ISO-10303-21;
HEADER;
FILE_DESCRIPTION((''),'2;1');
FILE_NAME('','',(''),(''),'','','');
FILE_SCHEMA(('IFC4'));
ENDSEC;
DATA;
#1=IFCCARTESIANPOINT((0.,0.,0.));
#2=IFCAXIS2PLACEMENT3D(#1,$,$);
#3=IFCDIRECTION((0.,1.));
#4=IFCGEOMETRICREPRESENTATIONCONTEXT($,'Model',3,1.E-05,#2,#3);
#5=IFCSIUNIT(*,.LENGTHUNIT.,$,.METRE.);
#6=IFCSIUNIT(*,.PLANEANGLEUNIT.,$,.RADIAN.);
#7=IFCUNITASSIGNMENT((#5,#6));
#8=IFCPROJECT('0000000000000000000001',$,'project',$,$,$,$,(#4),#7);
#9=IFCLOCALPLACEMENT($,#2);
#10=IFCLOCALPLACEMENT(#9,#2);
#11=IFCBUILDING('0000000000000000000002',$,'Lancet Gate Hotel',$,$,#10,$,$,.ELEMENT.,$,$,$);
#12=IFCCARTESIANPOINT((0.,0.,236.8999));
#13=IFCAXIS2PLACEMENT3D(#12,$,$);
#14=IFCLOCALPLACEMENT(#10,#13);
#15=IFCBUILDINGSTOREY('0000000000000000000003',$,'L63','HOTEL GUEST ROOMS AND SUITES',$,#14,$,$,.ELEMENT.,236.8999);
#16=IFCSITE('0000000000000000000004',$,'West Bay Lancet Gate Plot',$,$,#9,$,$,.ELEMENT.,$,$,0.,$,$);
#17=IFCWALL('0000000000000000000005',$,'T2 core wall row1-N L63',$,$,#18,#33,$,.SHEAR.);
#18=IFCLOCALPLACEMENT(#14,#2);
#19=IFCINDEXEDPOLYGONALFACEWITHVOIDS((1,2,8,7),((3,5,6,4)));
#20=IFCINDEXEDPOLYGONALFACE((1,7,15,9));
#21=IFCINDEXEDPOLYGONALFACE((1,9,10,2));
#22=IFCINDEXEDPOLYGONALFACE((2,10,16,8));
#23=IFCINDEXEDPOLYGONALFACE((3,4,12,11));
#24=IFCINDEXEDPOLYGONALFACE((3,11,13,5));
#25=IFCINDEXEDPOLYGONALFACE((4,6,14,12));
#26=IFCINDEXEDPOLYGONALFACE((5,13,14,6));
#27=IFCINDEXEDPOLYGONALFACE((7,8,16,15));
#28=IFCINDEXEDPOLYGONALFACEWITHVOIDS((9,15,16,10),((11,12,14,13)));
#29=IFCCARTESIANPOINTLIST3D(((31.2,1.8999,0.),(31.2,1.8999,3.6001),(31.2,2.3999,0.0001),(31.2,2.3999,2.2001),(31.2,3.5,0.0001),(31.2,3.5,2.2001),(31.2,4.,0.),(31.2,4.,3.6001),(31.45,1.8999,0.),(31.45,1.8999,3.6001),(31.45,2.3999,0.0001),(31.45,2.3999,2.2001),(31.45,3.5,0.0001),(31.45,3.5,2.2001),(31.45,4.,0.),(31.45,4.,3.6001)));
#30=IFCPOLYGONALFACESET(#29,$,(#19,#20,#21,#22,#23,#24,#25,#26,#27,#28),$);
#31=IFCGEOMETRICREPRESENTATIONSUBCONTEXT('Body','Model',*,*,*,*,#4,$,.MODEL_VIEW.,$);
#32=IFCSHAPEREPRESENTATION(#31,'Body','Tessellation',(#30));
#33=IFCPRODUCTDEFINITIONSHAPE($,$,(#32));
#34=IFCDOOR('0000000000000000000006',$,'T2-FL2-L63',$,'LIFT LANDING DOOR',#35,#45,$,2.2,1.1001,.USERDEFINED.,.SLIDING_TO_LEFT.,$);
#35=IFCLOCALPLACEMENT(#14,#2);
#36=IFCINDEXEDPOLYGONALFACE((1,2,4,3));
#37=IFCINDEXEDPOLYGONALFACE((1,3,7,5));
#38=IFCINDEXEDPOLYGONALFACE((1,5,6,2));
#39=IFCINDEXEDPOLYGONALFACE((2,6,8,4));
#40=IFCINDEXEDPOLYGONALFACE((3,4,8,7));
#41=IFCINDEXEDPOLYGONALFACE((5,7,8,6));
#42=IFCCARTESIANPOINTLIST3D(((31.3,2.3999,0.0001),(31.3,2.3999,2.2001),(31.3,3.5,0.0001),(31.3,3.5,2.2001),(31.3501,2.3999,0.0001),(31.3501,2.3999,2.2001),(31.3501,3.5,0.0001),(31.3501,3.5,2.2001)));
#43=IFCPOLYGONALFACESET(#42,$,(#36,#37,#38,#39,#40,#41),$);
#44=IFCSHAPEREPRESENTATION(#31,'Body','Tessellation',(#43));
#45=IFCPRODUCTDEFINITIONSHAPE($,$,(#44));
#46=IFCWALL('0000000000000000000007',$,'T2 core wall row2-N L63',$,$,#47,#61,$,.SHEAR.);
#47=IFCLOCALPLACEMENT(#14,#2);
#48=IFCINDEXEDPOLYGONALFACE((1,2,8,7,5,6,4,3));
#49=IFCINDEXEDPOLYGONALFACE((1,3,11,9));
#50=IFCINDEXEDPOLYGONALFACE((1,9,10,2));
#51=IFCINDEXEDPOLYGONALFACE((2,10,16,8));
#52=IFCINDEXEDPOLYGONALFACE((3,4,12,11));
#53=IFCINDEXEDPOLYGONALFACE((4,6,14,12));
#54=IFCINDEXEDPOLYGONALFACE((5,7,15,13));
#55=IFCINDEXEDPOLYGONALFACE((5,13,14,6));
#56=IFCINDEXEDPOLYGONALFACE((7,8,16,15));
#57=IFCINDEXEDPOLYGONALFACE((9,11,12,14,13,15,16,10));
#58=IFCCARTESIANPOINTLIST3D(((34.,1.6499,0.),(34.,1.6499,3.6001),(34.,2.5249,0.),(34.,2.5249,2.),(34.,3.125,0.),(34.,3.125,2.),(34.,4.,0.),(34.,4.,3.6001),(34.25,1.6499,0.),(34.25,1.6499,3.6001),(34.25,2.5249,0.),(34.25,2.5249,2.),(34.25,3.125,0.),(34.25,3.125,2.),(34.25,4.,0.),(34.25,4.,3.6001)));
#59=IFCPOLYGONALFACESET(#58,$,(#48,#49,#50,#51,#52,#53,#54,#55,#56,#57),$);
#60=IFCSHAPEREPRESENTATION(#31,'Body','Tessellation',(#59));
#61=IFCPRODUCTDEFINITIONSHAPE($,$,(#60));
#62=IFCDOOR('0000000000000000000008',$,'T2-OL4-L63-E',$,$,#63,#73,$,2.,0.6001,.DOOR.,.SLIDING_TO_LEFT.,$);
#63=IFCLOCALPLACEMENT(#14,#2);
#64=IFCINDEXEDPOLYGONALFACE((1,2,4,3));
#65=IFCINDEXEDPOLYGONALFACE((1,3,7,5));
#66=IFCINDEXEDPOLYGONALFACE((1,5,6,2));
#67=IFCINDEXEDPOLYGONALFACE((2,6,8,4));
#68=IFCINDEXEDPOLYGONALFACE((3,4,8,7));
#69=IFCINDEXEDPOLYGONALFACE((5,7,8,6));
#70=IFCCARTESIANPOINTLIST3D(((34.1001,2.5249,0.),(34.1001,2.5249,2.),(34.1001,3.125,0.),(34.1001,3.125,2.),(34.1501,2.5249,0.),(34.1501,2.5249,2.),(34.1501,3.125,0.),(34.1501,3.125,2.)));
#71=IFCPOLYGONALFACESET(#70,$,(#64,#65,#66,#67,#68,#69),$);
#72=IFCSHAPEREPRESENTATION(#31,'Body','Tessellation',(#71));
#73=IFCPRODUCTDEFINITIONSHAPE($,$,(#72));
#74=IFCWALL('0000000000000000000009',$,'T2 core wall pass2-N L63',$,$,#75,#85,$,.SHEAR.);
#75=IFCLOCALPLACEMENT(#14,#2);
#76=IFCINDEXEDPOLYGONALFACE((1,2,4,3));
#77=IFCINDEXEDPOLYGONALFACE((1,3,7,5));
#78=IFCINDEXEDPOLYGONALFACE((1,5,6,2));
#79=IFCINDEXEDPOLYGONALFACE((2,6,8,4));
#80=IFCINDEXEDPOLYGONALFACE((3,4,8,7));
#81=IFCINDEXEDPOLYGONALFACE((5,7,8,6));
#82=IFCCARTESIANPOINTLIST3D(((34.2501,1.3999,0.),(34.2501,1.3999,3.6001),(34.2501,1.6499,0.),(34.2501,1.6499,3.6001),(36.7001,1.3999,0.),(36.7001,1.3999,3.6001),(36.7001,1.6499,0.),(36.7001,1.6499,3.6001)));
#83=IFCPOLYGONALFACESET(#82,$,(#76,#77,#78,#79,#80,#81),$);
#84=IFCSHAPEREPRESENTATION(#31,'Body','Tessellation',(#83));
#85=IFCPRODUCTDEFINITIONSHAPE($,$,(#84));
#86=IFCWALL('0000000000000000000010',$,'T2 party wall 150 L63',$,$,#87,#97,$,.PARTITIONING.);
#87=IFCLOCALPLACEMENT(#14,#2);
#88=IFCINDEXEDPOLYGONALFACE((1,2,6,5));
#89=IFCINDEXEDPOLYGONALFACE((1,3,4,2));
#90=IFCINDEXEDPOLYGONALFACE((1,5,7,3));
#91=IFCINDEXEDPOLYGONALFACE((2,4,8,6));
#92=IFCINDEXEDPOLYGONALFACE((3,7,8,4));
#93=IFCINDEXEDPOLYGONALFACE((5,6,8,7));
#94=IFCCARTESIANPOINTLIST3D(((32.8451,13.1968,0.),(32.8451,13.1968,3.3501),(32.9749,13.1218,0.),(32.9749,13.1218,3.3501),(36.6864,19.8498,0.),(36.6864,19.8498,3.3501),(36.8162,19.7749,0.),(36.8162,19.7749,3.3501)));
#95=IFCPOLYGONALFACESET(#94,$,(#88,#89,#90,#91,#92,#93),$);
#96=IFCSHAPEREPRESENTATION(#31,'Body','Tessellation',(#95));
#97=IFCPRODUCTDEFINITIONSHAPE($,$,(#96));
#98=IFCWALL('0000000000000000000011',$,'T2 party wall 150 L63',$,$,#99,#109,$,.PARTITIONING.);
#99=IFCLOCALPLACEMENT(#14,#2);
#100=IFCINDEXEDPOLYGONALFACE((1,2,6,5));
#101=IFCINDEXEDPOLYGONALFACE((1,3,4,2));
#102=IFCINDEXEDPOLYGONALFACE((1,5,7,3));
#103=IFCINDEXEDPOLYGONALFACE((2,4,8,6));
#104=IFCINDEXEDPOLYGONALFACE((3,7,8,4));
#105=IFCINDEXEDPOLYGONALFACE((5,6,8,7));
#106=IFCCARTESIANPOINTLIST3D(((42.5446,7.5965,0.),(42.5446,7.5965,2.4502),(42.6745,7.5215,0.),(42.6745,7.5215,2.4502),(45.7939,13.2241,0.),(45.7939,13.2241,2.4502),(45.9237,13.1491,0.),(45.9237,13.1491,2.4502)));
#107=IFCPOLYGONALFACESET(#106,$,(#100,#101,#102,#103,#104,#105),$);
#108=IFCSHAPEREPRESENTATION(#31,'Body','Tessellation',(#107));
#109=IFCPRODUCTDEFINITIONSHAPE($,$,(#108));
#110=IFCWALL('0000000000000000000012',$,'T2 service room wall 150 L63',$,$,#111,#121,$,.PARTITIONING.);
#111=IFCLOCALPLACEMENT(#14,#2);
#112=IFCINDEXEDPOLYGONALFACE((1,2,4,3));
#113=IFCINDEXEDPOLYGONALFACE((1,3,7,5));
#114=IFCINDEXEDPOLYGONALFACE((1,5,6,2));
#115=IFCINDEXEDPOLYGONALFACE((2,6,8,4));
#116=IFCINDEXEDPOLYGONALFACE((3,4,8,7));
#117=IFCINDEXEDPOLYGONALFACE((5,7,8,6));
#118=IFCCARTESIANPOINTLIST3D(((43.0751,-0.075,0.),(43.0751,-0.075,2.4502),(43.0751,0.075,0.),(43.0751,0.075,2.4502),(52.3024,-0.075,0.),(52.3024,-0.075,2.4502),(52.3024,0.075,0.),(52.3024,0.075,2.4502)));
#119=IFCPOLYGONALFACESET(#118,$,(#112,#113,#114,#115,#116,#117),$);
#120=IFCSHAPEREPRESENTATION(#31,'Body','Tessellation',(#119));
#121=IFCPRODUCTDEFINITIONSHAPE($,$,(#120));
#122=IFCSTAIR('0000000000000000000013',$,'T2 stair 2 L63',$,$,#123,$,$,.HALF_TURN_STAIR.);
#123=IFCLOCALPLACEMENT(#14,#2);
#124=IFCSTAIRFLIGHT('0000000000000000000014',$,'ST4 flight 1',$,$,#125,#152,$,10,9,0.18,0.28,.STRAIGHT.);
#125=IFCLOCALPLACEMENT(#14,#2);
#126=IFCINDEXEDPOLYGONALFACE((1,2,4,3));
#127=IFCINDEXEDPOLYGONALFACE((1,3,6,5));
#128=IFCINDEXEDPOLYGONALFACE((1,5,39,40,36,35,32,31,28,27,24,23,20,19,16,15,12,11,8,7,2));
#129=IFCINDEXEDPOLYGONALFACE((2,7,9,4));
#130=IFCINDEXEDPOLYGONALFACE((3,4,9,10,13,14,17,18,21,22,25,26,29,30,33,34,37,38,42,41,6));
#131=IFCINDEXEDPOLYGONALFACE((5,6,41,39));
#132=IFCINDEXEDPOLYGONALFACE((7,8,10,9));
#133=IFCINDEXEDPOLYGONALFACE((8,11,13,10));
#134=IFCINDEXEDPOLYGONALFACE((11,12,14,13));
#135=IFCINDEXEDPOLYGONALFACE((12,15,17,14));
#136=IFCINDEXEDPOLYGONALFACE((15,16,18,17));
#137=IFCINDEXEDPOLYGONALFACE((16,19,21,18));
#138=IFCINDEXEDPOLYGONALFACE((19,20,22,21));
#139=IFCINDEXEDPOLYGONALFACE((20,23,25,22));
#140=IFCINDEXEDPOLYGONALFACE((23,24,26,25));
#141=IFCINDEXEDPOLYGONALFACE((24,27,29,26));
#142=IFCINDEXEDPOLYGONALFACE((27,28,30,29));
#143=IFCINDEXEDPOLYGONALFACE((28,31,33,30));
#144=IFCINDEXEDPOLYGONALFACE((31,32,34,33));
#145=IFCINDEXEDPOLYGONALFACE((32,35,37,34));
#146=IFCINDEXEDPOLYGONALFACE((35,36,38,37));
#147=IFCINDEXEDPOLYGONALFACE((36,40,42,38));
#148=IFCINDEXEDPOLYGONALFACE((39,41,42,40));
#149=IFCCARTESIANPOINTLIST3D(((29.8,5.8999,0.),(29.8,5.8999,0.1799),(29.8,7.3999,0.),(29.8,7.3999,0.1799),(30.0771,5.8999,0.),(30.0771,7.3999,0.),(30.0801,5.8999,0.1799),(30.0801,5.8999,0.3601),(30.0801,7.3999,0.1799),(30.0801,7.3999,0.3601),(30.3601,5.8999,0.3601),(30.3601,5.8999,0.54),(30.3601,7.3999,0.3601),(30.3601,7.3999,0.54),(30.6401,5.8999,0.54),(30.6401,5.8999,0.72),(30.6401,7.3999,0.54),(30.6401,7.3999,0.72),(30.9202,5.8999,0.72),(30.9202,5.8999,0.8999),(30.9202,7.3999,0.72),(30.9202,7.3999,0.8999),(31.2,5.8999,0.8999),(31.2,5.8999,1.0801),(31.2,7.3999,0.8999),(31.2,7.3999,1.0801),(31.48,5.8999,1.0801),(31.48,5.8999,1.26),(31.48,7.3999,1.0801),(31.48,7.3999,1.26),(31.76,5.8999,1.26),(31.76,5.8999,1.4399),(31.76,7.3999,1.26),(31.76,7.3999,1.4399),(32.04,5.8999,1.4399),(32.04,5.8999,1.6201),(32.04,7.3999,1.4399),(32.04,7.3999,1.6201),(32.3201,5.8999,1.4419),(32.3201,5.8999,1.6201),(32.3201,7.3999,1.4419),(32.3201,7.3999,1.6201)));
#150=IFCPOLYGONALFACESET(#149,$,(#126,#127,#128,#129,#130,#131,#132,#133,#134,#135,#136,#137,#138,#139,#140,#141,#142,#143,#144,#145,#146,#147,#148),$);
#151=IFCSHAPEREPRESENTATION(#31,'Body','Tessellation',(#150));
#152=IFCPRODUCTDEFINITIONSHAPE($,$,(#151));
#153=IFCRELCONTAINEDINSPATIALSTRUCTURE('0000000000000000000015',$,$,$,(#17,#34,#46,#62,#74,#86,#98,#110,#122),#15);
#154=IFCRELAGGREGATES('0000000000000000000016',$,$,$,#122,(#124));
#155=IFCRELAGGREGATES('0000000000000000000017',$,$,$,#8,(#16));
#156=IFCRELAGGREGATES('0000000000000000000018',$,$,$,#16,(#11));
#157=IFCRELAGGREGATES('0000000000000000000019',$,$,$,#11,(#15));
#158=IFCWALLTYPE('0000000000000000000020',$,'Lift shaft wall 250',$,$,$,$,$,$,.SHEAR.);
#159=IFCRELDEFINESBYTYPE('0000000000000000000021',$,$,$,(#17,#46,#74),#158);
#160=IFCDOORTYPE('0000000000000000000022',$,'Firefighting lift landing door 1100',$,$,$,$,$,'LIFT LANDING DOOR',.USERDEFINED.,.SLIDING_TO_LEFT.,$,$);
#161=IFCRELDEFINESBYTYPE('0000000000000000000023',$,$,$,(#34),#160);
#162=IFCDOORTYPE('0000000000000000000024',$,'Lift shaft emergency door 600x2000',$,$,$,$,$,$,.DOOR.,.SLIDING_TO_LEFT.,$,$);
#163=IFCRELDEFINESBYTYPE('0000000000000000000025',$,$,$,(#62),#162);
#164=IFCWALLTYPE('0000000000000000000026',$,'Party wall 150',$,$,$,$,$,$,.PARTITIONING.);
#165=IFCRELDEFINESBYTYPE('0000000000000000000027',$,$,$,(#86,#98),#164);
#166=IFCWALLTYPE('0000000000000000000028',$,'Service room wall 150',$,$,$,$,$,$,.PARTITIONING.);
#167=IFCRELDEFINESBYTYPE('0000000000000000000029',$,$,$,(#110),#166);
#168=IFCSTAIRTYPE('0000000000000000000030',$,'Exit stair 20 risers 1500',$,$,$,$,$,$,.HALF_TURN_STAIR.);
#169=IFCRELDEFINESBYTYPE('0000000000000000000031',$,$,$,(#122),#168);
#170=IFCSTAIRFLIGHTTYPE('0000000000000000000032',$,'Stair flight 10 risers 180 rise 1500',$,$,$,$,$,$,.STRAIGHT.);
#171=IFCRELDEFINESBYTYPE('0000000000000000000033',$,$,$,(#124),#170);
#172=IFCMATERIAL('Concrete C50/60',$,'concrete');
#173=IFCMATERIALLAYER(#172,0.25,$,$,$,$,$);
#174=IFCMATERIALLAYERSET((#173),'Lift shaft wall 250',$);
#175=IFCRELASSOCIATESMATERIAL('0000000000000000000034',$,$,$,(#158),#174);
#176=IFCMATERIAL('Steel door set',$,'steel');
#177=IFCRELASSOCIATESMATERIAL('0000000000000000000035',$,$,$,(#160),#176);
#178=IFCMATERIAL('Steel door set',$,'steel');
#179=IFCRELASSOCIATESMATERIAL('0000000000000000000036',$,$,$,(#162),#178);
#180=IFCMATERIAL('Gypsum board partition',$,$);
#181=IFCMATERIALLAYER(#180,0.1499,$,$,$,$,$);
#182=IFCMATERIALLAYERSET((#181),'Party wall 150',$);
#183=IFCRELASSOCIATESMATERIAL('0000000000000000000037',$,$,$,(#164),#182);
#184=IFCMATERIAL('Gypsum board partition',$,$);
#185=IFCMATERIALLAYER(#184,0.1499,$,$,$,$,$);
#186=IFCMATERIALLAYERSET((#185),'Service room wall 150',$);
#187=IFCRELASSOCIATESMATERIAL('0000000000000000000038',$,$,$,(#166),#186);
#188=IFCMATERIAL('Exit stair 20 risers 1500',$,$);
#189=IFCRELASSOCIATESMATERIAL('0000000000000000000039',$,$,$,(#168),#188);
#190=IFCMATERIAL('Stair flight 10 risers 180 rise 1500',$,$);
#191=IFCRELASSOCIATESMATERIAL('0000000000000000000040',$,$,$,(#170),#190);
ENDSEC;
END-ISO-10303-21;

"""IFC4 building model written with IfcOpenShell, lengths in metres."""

from ifc_helpers import new_model, si_unit, direction, frame, frame_2d, origin, place, context, subcontext, project, spatial, polyline, rectangle, outline, extrude, material, layer, layer_set, type_object, element, fill, aggregate, save


model = new_model("IFC4")

# Units and contexts
model_context = context("Model", 3, precision=1e-05, world=origin(), true_north=direction((0.0, 1.0)))
body_context = subcontext(model_context, "Body", "Model", "MODEL_VIEW")
ifc_project = project(units=[si_unit("LENGTHUNIT", "METRE"), si_unit("PLANEANGLEUNIT", "RADIAN")], contexts=[model_context])

# Site, building, storey
site_placement = place(None, origin())
site = spatial("IfcSite", under=ifc_project, at=site_placement, Name="West Bay Lancet Gate Plot", CompositionType="ELEMENT", RefElevation=0.0)
building_placement = place(site_placement, origin())
building = spatial("IfcBuilding", under=site, at=building_placement, Name="Lancet Gate Hotel", CompositionType="ELEMENT")
storey_placement = place(building_placement, frame((0.0, 0.0, 236.8999)))
storey = spatial("IfcBuildingStorey", under=building, at=storey_placement, Name="L63", Description="HOTEL GUEST ROOMS AND SUITES", CompositionType="ELEMENT", Elevation=236.8999)

# Shared definitions
ifc_material_1 = material(Name="Concrete C50/60", Category="concrete")
ifc_layer_1 = layer(ifc_material_1, 0.25)
ifc_layer_set_1 = layer_set([ifc_layer_1], Name="Lift shaft wall 250")
wall_type_1 = type_object("IfcWallType", Name="Lift shaft wall 250", PredefinedType="SHEAR", material=ifc_layer_set_1)

# Walls, openings, doors
wall_1_placement = place(storey_placement, frame((31.325, 1.8999, 0.0), z_axis=(0.0, 0.0, 1.0), x_axis=(0.0, 1.0, 0.0)))
wall_1 = element("IfcWall", 1, at=wall_1_placement, inside=storey, type_object=wall_type_1, Name="T2 core wall row1-N L63", PredefinedType="SHEAR", context=body_context, shape_type="SweptSolid", body=[
    extrude(rectangle(XDim=2.1001, YDim=0.25, at=frame_2d((1.05, 0.0))), origin(), (0.0, 0.0, 1.0), 3.6001),
])
opening_1_placement = place(wall_1_placement, frame((0.5, 0.0, 0.0)))
opening_1 = element("IfcOpeningElement", 2, at=opening_1_placement, cuts=wall_1, PredefinedType="OPENING", context=body_context, shape_type="SweptSolid", body=[
    extrude(rectangle(XDim=1.1001, YDim=2.2, at=frame_2d((0.55, 1.1001))), frame((0.0, 0.135, 0.0), z_axis=(0.0, -1.0, 0.0), x_axis=(1.0, 0.0, 0.0)), (0.0, 0.0, 1.0), 0.27),
])
ifc_material_2 = material(Name="Steel door set", Category="steel")
door_type_1 = type_object("IfcDoorType", Name="Firefighting lift landing door 1100", ElementType="LIFT LANDING DOOR", OperationType="SLIDING_TO_LEFT", PredefinedType="USERDEFINED", material=ifc_material_2)
door_1_placement = place(opening_1_placement, origin())
door_1 = element("IfcDoor", 3, at=door_1_placement, inside=storey, type_object=door_type_1, Name="T2-FL2-L63", ObjectType="LIFT LANDING DOOR", OperationType="SLIDING_TO_LEFT", OverallHeight=2.2, OverallWidth=1.1001, PredefinedType="USERDEFINED", context=body_context, shape_type="SweptSolid", body=[
    extrude(rectangle(XDim=1.1001, YDim=2.2, at=frame_2d((0.55, 1.1001))), frame((0.0, 0.0249, 0.0), z_axis=(0.0, -1.0, 0.0), x_axis=(1.0, 0.0, 0.0)), (0.0, 0.0, 1.0), 0.05),
])
fill(opening_1, door_1)
wall_2_placement = place(storey_placement, frame((34.125, 1.6499, 0.0), z_axis=(0.0, 0.0, 1.0), x_axis=(0.0, 1.0, 0.0)))
wall_2 = element("IfcWall", 4, at=wall_2_placement, inside=storey, type_object=wall_type_1, Name="T2 core wall row2-N L63", PredefinedType="SHEAR", context=body_context, shape_type="SweptSolid", body=[
    extrude(rectangle(XDim=2.3501, YDim=0.25, at=frame_2d((1.175, 0.0))), origin(), (0.0, 0.0, 1.0), 3.6001),
])
opening_2_placement = place(wall_2_placement, frame((0.875, 0.0, 0.0)))
opening_2 = element("IfcOpeningElement", 5, at=opening_2_placement, cuts=wall_2, PredefinedType="OPENING", context=body_context, shape_type="SweptSolid", body=[
    extrude(rectangle(XDim=0.6001, YDim=2.0, at=frame_2d((0.3, 1.0))), frame((0.0, 0.135, 0.0), z_axis=(0.0, -1.0, 0.0), x_axis=(1.0, 0.0, 0.0)), (0.0, 0.0, 1.0), 0.27),
])
ifc_material_3 = material(Name="Steel door set", Category="steel")
door_type_2 = type_object("IfcDoorType", Name="Lift shaft emergency door 600x2000", OperationType="SLIDING_TO_LEFT", PredefinedType="DOOR", material=ifc_material_3)
door_2_placement = place(opening_2_placement, origin())
door_2 = element("IfcDoor", 6, at=door_2_placement, inside=storey, type_object=door_type_2, Name="T2-OL4-L63-E", OperationType="SLIDING_TO_LEFT", OverallHeight=2.0, OverallWidth=0.6001, PredefinedType="DOOR", context=body_context, shape_type="SweptSolid", body=[
    extrude(rectangle(XDim=0.6001, YDim=2.0, at=frame_2d((0.3, 1.0))), frame((0.0, 0.0249, 0.0), z_axis=(0.0, -1.0, 0.0), x_axis=(1.0, 0.0, 0.0)), (0.0, 0.0, 1.0), 0.05),
])
fill(opening_2, door_2)

# Walls
wall_3_placement = place(storey_placement, frame((34.25, 1.5249, 0.0), z_axis=(0.0, 0.0, 1.0), x_axis=(1.0, 0.0, 0.0)))
element("IfcWall", 7, at=wall_3_placement, inside=storey, type_object=wall_type_1, Name="T2 core wall pass2-N L63", PredefinedType="SHEAR", context=body_context, shape_type="SweptSolid", body=[
    extrude(rectangle(XDim=2.45, YDim=0.25, at=frame_2d((1.2251, 0.0))), origin(), (0.0, 0.0, 1.0), 3.6001),
])
ifc_material_4 = material(Name="Gypsum board partition")
ifc_layer_2 = layer(ifc_material_4, 0.1499)
ifc_layer_set_2 = layer_set([ifc_layer_2], Name="Party wall 150")
wall_type_2 = type_object("IfcWallType", Name="Party wall 150", PredefinedType="PARTITIONING", material=ifc_layer_set_2)
wall_4_placement = place(storey_placement, frame((32.9099, 13.1592, 0.0), z_axis=(0.0, 0.0, 1.0), x_axis=(0.500015, 0.866017, 0.0)))
element("IfcWall", 8, at=wall_4_placement, inside=storey, type_object=wall_type_2, Name="T2 party wall 150 L63", PredefinedType="PARTITIONING", context=body_context, shape_type="SweptSolid", body=[
    extrude(rectangle(XDim=7.6824, YDim=0.1499, at=frame_2d((3.8413, 0.0))), origin(), (0.0, 0.0, 1.0), 3.3501),
])
wall_5_placement = place(storey_placement, frame((42.6096, 7.5591, 0.0), z_axis=(0.0, 0.0, 1.0), x_axis=(0.500014, 0.866017, 0.0)))
element("IfcWall", 9, at=wall_5_placement, inside=storey, type_object=wall_type_2, Name="T2 party wall 150 L63", PredefinedType="PARTITIONING", context=body_context, shape_type="SweptSolid", body=[
    extrude(rectangle(XDim=6.4983, YDim=0.1499, at=frame_2d((3.249, 0.0))), origin(), (0.0, 0.0, 1.0), 2.4502),
])
ifc_material_5 = material(Name="Gypsum board partition")
ifc_layer_3 = layer(ifc_material_5, 0.1499)
ifc_layer_set_3 = layer_set([ifc_layer_3], Name="Service room wall 150")
wall_type_3 = type_object("IfcWallType", Name="Service room wall 150", PredefinedType="PARTITIONING", material=ifc_layer_set_3)
wall_6_placement = place(storey_placement, frame((43.075, 0.0, 0.0), z_axis=(0.0, 0.0, 1.0), x_axis=(1.0, 0.0, 0.0)))
element("IfcWall", 10, at=wall_6_placement, inside=storey, type_object=wall_type_3, Name="T2 service room wall 150 L63", PredefinedType="PARTITIONING", context=body_context, shape_type="SweptSolid", body=[
    extrude(rectangle(XDim=9.2273, YDim=0.1499, at=frame_2d((4.6138, 0.0))), origin(), (0.0, 0.0, 1.0), 2.4502),
])

# Stair, stair flight
ifc_material_6 = material(Name="Exit stair 20 risers 1500")
stair_type = type_object("IfcStairType", Name="Exit stair 20 risers 1500", PredefinedType="HALF_TURN_STAIR", material=ifc_material_6)
stair_placement = place(storey_placement, origin())
stair = element("IfcStair", 11, at=stair_placement, inside=storey, type_object=stair_type, Name="T2 stair 2 L63", PredefinedType="HALF_TURN_STAIR")
ifc_material_7 = material(Name="Stair flight 10 risers 180 rise 1500")
stair_flight_type = type_object("IfcStairFlightType", Name="Stair flight 10 risers 180 rise 1500", PredefinedType="STRAIGHT", material=ifc_material_7)
stair_flight_1_placement = place(storey_placement, frame((29.8, 6.6499, 0.0), z_axis=(0.0, 0.0, 1.0), x_axis=(1.0, 0.0, 0.0)))
stair_flight_1 = element("IfcStairFlight", 12, at=stair_flight_1_placement, type_object=stair_flight_type, Name="ST4 flight 1", NumberOfRisers=10, NumberOfTreads=9, PredefinedType="STRAIGHT", RiserHeight=0.18, TreadLength=0.28, context=body_context, shape_type="SweptSolid", body=[
    extrude(outline(polyline([(0.0, 0.0), (0.0, 0.1799), (0.28, 0.1799), (0.28, 0.3601), (0.5601, 0.3601), (0.5601, 0.54), (0.8401, 0.54), (0.8401, 0.72), (1.1201, 0.72), (1.1201, 0.8999), (1.3999, 0.8999), (1.3999, 1.0801), (1.6799, 1.0801), (1.6799, 1.26), (1.96, 1.26), (1.96, 1.4399), (2.24, 1.4399), (2.24, 1.6201), (2.52, 1.6201), (2.52, 1.8), (2.52, 1.4419), (0.2771, 0.0), (0.0, 0.0)])), frame((0.0, 0.75, 0.0), z_axis=(0.0, -1.0, 0.0), x_axis=(1.0, 0.0, 0.0)), (0.0, 0.0, 1.0), 1.5),
])
aggregate(stair, [stair_flight_1])

save(model, "model.ifc")
